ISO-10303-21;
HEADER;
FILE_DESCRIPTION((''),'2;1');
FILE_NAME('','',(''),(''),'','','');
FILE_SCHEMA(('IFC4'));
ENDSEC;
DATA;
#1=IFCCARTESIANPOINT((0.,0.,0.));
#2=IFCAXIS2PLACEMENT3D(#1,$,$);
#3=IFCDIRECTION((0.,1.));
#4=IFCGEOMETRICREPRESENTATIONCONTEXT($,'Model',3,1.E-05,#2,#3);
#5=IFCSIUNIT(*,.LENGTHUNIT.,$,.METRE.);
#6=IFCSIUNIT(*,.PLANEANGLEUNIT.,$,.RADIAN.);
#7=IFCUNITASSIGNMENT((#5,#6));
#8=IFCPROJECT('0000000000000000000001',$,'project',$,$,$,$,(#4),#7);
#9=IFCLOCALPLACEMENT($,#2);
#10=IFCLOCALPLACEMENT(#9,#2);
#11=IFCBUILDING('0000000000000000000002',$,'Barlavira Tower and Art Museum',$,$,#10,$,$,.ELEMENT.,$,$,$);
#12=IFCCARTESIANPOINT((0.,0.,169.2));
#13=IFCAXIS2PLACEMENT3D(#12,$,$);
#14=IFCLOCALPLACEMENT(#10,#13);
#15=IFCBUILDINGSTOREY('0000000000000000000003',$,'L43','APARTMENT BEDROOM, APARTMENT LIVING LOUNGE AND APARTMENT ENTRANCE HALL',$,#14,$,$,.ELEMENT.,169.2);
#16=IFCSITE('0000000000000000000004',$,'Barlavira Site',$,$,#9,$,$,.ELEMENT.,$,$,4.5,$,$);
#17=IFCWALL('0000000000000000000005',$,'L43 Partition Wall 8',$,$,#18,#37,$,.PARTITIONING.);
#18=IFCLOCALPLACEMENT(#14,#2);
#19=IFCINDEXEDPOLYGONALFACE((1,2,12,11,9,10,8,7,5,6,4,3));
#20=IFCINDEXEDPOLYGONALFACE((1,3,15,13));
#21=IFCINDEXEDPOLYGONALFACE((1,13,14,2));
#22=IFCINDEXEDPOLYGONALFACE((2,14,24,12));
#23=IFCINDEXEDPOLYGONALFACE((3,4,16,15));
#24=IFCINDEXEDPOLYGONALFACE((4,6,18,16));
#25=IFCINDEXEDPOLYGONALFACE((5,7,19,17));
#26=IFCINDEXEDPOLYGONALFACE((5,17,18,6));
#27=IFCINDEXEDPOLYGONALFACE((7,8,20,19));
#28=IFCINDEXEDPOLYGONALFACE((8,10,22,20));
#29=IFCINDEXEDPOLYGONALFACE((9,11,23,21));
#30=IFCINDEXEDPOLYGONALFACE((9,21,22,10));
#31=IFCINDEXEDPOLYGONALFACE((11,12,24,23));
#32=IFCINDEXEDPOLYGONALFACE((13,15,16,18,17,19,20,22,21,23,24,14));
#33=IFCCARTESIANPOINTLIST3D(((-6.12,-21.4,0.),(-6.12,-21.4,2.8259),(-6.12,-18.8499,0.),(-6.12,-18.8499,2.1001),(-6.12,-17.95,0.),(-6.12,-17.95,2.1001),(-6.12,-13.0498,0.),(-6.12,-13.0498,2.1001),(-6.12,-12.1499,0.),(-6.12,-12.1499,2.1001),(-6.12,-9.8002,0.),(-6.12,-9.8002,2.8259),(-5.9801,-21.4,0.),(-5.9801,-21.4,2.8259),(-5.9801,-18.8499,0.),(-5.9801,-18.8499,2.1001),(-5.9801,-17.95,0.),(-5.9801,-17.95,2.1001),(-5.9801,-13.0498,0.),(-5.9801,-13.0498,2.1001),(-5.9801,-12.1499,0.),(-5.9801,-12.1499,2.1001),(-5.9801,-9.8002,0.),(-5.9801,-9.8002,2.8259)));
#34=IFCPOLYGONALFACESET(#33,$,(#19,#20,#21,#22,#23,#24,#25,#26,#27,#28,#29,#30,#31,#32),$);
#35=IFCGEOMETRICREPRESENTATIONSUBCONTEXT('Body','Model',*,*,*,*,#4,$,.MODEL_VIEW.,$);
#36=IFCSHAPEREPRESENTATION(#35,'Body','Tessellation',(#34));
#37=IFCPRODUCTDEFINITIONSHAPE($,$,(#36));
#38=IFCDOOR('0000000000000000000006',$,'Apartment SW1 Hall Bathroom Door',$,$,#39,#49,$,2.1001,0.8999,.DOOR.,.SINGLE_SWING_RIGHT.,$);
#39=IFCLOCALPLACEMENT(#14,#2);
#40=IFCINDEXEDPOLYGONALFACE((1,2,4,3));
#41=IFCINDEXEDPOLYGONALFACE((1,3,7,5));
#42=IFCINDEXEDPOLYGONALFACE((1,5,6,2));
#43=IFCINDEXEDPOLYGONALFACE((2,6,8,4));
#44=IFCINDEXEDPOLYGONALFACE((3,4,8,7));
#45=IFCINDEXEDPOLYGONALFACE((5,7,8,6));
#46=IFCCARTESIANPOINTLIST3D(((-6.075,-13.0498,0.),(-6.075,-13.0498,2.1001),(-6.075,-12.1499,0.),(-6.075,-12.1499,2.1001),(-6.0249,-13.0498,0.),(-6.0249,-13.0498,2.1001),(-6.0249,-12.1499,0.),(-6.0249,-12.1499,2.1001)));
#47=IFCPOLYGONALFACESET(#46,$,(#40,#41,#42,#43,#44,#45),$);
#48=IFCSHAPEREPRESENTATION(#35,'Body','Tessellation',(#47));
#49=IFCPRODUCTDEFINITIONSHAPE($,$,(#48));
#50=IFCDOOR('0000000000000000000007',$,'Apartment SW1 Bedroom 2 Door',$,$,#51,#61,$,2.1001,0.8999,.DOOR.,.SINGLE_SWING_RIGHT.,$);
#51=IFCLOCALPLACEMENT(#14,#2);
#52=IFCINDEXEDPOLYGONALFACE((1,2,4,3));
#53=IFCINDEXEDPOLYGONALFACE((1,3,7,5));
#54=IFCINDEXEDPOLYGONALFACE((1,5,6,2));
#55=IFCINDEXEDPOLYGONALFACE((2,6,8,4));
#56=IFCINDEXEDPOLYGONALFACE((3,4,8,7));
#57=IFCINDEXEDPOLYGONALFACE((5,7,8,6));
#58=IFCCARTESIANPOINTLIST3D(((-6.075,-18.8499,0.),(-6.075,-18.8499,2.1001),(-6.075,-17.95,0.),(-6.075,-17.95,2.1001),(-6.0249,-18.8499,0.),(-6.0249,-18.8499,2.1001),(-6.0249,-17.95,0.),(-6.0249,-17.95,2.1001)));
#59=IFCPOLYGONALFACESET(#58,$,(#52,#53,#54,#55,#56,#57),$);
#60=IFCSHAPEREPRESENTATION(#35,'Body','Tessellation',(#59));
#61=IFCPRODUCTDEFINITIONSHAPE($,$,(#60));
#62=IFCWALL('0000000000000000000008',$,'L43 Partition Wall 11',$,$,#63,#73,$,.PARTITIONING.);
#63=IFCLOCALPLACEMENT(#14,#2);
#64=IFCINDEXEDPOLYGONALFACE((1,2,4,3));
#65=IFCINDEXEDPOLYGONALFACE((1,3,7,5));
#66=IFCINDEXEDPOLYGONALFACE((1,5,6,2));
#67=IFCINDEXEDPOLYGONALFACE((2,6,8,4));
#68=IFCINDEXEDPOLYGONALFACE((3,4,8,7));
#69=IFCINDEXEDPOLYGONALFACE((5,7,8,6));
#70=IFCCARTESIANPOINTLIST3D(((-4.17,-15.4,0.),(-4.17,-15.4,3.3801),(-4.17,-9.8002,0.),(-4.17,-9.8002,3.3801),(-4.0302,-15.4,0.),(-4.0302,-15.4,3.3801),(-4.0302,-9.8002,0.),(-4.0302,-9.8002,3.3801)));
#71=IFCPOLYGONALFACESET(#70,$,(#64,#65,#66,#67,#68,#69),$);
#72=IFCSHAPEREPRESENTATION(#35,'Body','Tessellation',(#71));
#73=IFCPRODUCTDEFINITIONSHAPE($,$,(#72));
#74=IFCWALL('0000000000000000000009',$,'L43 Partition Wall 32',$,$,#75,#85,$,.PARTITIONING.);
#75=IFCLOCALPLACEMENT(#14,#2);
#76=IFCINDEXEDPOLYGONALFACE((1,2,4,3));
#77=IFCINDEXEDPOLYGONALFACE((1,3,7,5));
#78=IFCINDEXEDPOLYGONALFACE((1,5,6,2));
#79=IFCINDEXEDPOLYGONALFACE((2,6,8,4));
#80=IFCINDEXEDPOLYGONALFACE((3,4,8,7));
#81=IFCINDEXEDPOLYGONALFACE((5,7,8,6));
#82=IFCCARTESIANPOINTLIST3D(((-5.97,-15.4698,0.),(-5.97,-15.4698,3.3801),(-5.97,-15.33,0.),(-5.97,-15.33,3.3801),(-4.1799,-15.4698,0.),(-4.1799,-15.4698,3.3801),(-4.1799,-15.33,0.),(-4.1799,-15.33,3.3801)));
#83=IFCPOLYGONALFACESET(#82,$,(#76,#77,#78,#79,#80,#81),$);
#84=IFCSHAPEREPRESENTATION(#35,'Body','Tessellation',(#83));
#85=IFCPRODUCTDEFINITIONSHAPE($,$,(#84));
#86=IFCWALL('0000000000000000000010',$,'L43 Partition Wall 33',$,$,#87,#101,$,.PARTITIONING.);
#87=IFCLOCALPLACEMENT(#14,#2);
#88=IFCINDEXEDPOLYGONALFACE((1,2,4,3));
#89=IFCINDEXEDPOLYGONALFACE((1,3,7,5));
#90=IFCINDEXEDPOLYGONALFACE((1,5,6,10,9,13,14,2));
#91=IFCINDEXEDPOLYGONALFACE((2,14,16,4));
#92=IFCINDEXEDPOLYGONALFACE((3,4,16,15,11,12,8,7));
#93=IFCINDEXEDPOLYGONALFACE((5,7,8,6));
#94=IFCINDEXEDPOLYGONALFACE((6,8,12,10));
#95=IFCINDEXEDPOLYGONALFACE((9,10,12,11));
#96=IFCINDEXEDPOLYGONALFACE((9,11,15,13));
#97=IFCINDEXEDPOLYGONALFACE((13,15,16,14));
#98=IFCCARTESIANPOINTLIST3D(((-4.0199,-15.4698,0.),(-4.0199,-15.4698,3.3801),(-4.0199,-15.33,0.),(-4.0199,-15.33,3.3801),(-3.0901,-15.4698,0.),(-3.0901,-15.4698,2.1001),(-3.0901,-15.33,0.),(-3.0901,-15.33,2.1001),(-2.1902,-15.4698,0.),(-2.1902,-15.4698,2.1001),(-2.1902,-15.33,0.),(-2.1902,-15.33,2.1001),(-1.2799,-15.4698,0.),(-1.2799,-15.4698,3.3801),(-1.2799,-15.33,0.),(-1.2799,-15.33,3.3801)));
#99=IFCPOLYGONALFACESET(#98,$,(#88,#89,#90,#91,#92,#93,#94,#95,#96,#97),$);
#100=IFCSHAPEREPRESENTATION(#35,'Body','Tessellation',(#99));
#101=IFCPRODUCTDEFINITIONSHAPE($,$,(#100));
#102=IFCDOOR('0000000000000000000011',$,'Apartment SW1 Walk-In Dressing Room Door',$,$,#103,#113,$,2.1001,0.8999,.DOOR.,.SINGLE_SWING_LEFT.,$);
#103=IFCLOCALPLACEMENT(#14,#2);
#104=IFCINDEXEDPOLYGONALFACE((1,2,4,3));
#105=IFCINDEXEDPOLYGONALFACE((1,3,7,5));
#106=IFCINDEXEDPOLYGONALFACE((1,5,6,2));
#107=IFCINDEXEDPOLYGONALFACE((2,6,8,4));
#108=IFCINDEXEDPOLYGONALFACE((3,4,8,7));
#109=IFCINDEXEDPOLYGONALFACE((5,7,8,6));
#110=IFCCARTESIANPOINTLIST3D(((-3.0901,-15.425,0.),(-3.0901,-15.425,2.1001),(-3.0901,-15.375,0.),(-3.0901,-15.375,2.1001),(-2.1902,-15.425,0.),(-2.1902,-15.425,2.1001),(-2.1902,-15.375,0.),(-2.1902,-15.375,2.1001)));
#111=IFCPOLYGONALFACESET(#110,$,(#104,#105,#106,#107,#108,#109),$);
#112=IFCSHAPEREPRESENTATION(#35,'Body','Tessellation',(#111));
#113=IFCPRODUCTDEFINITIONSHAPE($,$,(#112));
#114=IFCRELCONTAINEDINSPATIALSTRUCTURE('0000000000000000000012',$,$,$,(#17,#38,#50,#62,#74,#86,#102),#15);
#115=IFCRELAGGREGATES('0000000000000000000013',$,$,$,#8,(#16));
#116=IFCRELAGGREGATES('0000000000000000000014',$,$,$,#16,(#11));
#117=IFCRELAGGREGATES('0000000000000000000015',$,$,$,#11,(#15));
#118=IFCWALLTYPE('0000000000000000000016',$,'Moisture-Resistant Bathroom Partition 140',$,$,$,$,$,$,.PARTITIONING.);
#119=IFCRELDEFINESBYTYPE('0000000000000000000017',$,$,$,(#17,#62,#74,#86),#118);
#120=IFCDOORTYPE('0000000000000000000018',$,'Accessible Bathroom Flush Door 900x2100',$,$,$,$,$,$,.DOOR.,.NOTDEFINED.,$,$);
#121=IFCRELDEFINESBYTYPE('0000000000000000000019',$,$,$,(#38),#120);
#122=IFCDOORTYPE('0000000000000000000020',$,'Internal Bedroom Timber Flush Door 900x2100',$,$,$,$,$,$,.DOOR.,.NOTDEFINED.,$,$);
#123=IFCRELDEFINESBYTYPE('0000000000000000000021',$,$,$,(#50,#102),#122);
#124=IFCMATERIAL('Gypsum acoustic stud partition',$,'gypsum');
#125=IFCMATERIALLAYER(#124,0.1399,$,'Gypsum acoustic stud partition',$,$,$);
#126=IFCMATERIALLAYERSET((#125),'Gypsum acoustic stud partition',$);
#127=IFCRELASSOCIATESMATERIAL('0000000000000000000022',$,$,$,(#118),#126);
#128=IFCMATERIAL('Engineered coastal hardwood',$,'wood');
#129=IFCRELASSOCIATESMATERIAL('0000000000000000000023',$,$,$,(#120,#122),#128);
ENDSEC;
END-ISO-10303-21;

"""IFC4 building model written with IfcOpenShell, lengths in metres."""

from ifc_helpers import new_model, si_unit, direction, frame, frame_2d, origin, place, context, subcontext, project, spatial, rectangle, extrude, material, layer, layer_set, type_object, element, fill, save


model = new_model("IFC4")

# Units and contexts
model_context = context("Model", 3, precision=1e-05, world=origin(), true_north=direction((0.0, 1.0)))
body_context = subcontext(model_context, "Body", "Model", "MODEL_VIEW")
ifc_project = project(units=[si_unit("LENGTHUNIT", "METRE"), si_unit("PLANEANGLEUNIT", "RADIAN")], contexts=[model_context])

# Site, building, storey
site_placement = place(None, origin())
site = spatial("IfcSite", under=ifc_project, at=site_placement, Name="Barlavira Site", CompositionType="ELEMENT", RefElevation=4.5)
building_placement = place(site_placement, origin())
building = spatial("IfcBuilding", under=site, at=building_placement, Name="Barlavira Tower and Art Museum", CompositionType="ELEMENT")
storey_placement = place(building_placement, frame((0.0, 0.0, 169.2)))
storey = spatial("IfcBuildingStorey", under=building, at=storey_placement, Name="L43", Description="APARTMENT BEDROOM, APARTMENT LIVING LOUNGE AND APARTMENT ENTRANCE HALL", CompositionType="ELEMENT", Elevation=169.2)

# Shared definitions
ifc_material_1 = material(Name="Gypsum acoustic stud partition", Category="gypsum")

# Wall, openings, doors
ifc_layer_1 = layer(ifc_material_1, 0.1399, Name="Gypsum acoustic stud partition")
ifc_layer_set_1 = layer_set([ifc_layer_1], Name="Gypsum acoustic stud partition")
wall_type_1 = type_object("IfcWallType", Name="Moisture-Resistant Bathroom Partition 140", PredefinedType="PARTITIONING", material=ifc_layer_set_1)
wall_1_placement = place(storey_placement, frame((-6.05, -21.3999, 0.0), z_axis=(0.0, 0.0, 1.0), x_axis=(0.0, 1.0, 0.0)))
wall_1 = element("IfcWall", 1, at=wall_1_placement, inside=storey, type_object=wall_type_1, Name="L43 Partition Wall 8", PredefinedType="PARTITIONING", context=body_context, shape_type="SweptSolid", body=[
    extrude(rectangle(XDim=11.5999, YDim=0.1399, at=frame_2d((5.7998, 0.0))), origin(), (0.0, 0.0, 1.0), 2.8259),
])
opening_1_placement = place(wall_1_placement, frame((8.3501, 0.0, 0.0)))
opening_1 = element("IfcOpeningElement", 2, at=opening_1_placement, cuts=wall_1, PredefinedType="OPENING", context=body_context, shape_type="SweptSolid", body=[
    extrude(rectangle(XDim=0.8999, YDim=2.1001, at=frame_2d((0.45, 1.05))), frame((0.0, 0.0801, 0.0), z_axis=(0.0, -1.0, 0.0), x_axis=(1.0, 0.0, 0.0)), (0.0, 0.0, 1.0), 0.1599),
])
opening_2_placement = place(wall_1_placement, frame((2.55, 0.0, 0.0)))
opening_2 = element("IfcOpeningElement", 3, at=opening_2_placement, cuts=wall_1, PredefinedType="OPENING", context=body_context, shape_type="SweptSolid", body=[
    extrude(rectangle(XDim=0.8999, YDim=2.1001, at=frame_2d((0.45, 1.05))), frame((0.0, 0.0801, 0.0), z_axis=(0.0, -1.0, 0.0), x_axis=(1.0, 0.0, 0.0)), (0.0, 0.0, 1.0), 0.1599),
])
ifc_material_2 = material(Name="Engineered coastal hardwood", Category="wood")
door_type_1 = type_object("IfcDoorType", Name="Accessible Bathroom Flush Door 900x2100", OperationType="NOTDEFINED", PredefinedType="DOOR", material=ifc_material_2)
door_1_placement = place(opening_1_placement, origin())
door_1 = element("IfcDoor", 4, at=door_1_placement, inside=storey, type_object=door_type_1, Name="Apartment SW1 Hall Bathroom Door", OperationType="SINGLE_SWING_RIGHT", OverallHeight=2.1001, OverallWidth=0.8999, PredefinedType="DOOR", context=body_context, shape_type="SweptSolid", body=[
    extrude(rectangle(XDim=0.8999, YDim=2.1001, at=frame_2d((0.45, 1.05))), frame((0.0, 0.0249, 0.0), z_axis=(0.0, -1.0, 0.0), x_axis=(1.0, 0.0, 0.0)), (0.0, 0.0, 1.0), 0.05),
])
fill(opening_1, door_1)
door_type_2 = type_object("IfcDoorType", Name="Internal Bedroom Timber Flush Door 900x2100", OperationType="NOTDEFINED", PredefinedType="DOOR", material=ifc_material_2)
door_2_placement = place(opening_2_placement, origin())
door_2 = element("IfcDoor", 5, at=door_2_placement, inside=storey, type_object=door_type_2, Name="Apartment SW1 Bedroom 2 Door", OperationType="SINGLE_SWING_RIGHT", OverallHeight=2.1001, OverallWidth=0.8999, PredefinedType="DOOR", context=body_context, shape_type="SweptSolid", body=[
    extrude(rectangle(XDim=0.8999, YDim=2.1001, at=frame_2d((0.45, 1.05))), frame((0.0, 0.0249, 0.0), z_axis=(0.0, -1.0, 0.0), x_axis=(1.0, 0.0, 0.0)), (0.0, 0.0, 1.0), 0.05),
])
fill(opening_2, door_2)

# Walls
wall_2_placement = place(storey_placement, frame((-4.1001, -15.3999, 0.0), z_axis=(0.0, 0.0, 1.0), x_axis=(0.0, 1.0, 0.0)))
element("IfcWall", 6, at=wall_2_placement, inside=storey, type_object=wall_type_1, Name="L43 Partition Wall 11", PredefinedType="PARTITIONING", context=body_context, shape_type="SweptSolid", body=[
    extrude(rectangle(XDim=5.5999, YDim=0.1399, at=frame_2d((2.7998, 0.0))), origin(), (0.0, 0.0, 1.0), 3.3801),
])
wall_3_placement = place(storey_placement, frame((-5.97, -15.3999, 0.0), z_axis=(0.0, 0.0, 1.0), x_axis=(1.0, 0.0, 0.0)))
element("IfcWall", 7, at=wall_3_placement, inside=storey, type_object=wall_type_1, Name="L43 Partition Wall 32", PredefinedType="PARTITIONING", context=body_context, shape_type="SweptSolid", body=[
    extrude(rectangle(XDim=1.79, YDim=0.1399, at=frame_2d((0.895, 0.0))), origin(), (0.0, 0.0, 1.0), 3.3801),
])

# Wall, opening, door
wall_4_placement = place(storey_placement, frame((-4.02, -15.3999, 0.0), z_axis=(0.0, 0.0, 1.0), x_axis=(1.0, 0.0, 0.0)))
wall_4 = element("IfcWall", 8, at=wall_4_placement, inside=storey, type_object=wall_type_1, Name="L43 Partition Wall 33", PredefinedType="PARTITIONING", context=body_context, shape_type="SweptSolid", body=[
    extrude(rectangle(XDim=2.74, YDim=0.1399, at=frame_2d((1.3701, 0.0))), origin(), (0.0, 0.0, 1.0), 3.3801),
])
opening_3_placement = place(wall_4_placement, frame((0.9299, 0.0, 0.0)))
opening_3 = element("IfcOpeningElement", 9, at=opening_3_placement, cuts=wall_4, PredefinedType="OPENING", context=body_context, shape_type="SweptSolid", body=[
    extrude(rectangle(XDim=0.8999, YDim=2.1001, at=frame_2d((0.45, 1.05))), frame((0.0, 0.0801, 0.0), z_axis=(0.0, -1.0, 0.0), x_axis=(1.0, 0.0, 0.0)), (0.0, 0.0, 1.0), 0.1599),
])
door_3_placement = place(opening_3_placement, origin())
door_3 = element("IfcDoor", 10, at=door_3_placement, inside=storey, type_object=door_type_2, Name="Apartment SW1 Walk-In Dressing Room Door", OperationType="SINGLE_SWING_LEFT", OverallHeight=2.1001, OverallWidth=0.8999, PredefinedType="DOOR", context=body_context, shape_type="SweptSolid", body=[
    extrude(rectangle(XDim=0.8999, YDim=2.1001, at=frame_2d((0.45, 1.05))), frame((0.0, 0.0249, 0.0), z_axis=(0.0, -1.0, 0.0), x_axis=(1.0, 0.0, 0.0)), (0.0, 0.0, 1.0), 0.05),
])
fill(opening_3, door_3)

save(model, "model.ifc")
